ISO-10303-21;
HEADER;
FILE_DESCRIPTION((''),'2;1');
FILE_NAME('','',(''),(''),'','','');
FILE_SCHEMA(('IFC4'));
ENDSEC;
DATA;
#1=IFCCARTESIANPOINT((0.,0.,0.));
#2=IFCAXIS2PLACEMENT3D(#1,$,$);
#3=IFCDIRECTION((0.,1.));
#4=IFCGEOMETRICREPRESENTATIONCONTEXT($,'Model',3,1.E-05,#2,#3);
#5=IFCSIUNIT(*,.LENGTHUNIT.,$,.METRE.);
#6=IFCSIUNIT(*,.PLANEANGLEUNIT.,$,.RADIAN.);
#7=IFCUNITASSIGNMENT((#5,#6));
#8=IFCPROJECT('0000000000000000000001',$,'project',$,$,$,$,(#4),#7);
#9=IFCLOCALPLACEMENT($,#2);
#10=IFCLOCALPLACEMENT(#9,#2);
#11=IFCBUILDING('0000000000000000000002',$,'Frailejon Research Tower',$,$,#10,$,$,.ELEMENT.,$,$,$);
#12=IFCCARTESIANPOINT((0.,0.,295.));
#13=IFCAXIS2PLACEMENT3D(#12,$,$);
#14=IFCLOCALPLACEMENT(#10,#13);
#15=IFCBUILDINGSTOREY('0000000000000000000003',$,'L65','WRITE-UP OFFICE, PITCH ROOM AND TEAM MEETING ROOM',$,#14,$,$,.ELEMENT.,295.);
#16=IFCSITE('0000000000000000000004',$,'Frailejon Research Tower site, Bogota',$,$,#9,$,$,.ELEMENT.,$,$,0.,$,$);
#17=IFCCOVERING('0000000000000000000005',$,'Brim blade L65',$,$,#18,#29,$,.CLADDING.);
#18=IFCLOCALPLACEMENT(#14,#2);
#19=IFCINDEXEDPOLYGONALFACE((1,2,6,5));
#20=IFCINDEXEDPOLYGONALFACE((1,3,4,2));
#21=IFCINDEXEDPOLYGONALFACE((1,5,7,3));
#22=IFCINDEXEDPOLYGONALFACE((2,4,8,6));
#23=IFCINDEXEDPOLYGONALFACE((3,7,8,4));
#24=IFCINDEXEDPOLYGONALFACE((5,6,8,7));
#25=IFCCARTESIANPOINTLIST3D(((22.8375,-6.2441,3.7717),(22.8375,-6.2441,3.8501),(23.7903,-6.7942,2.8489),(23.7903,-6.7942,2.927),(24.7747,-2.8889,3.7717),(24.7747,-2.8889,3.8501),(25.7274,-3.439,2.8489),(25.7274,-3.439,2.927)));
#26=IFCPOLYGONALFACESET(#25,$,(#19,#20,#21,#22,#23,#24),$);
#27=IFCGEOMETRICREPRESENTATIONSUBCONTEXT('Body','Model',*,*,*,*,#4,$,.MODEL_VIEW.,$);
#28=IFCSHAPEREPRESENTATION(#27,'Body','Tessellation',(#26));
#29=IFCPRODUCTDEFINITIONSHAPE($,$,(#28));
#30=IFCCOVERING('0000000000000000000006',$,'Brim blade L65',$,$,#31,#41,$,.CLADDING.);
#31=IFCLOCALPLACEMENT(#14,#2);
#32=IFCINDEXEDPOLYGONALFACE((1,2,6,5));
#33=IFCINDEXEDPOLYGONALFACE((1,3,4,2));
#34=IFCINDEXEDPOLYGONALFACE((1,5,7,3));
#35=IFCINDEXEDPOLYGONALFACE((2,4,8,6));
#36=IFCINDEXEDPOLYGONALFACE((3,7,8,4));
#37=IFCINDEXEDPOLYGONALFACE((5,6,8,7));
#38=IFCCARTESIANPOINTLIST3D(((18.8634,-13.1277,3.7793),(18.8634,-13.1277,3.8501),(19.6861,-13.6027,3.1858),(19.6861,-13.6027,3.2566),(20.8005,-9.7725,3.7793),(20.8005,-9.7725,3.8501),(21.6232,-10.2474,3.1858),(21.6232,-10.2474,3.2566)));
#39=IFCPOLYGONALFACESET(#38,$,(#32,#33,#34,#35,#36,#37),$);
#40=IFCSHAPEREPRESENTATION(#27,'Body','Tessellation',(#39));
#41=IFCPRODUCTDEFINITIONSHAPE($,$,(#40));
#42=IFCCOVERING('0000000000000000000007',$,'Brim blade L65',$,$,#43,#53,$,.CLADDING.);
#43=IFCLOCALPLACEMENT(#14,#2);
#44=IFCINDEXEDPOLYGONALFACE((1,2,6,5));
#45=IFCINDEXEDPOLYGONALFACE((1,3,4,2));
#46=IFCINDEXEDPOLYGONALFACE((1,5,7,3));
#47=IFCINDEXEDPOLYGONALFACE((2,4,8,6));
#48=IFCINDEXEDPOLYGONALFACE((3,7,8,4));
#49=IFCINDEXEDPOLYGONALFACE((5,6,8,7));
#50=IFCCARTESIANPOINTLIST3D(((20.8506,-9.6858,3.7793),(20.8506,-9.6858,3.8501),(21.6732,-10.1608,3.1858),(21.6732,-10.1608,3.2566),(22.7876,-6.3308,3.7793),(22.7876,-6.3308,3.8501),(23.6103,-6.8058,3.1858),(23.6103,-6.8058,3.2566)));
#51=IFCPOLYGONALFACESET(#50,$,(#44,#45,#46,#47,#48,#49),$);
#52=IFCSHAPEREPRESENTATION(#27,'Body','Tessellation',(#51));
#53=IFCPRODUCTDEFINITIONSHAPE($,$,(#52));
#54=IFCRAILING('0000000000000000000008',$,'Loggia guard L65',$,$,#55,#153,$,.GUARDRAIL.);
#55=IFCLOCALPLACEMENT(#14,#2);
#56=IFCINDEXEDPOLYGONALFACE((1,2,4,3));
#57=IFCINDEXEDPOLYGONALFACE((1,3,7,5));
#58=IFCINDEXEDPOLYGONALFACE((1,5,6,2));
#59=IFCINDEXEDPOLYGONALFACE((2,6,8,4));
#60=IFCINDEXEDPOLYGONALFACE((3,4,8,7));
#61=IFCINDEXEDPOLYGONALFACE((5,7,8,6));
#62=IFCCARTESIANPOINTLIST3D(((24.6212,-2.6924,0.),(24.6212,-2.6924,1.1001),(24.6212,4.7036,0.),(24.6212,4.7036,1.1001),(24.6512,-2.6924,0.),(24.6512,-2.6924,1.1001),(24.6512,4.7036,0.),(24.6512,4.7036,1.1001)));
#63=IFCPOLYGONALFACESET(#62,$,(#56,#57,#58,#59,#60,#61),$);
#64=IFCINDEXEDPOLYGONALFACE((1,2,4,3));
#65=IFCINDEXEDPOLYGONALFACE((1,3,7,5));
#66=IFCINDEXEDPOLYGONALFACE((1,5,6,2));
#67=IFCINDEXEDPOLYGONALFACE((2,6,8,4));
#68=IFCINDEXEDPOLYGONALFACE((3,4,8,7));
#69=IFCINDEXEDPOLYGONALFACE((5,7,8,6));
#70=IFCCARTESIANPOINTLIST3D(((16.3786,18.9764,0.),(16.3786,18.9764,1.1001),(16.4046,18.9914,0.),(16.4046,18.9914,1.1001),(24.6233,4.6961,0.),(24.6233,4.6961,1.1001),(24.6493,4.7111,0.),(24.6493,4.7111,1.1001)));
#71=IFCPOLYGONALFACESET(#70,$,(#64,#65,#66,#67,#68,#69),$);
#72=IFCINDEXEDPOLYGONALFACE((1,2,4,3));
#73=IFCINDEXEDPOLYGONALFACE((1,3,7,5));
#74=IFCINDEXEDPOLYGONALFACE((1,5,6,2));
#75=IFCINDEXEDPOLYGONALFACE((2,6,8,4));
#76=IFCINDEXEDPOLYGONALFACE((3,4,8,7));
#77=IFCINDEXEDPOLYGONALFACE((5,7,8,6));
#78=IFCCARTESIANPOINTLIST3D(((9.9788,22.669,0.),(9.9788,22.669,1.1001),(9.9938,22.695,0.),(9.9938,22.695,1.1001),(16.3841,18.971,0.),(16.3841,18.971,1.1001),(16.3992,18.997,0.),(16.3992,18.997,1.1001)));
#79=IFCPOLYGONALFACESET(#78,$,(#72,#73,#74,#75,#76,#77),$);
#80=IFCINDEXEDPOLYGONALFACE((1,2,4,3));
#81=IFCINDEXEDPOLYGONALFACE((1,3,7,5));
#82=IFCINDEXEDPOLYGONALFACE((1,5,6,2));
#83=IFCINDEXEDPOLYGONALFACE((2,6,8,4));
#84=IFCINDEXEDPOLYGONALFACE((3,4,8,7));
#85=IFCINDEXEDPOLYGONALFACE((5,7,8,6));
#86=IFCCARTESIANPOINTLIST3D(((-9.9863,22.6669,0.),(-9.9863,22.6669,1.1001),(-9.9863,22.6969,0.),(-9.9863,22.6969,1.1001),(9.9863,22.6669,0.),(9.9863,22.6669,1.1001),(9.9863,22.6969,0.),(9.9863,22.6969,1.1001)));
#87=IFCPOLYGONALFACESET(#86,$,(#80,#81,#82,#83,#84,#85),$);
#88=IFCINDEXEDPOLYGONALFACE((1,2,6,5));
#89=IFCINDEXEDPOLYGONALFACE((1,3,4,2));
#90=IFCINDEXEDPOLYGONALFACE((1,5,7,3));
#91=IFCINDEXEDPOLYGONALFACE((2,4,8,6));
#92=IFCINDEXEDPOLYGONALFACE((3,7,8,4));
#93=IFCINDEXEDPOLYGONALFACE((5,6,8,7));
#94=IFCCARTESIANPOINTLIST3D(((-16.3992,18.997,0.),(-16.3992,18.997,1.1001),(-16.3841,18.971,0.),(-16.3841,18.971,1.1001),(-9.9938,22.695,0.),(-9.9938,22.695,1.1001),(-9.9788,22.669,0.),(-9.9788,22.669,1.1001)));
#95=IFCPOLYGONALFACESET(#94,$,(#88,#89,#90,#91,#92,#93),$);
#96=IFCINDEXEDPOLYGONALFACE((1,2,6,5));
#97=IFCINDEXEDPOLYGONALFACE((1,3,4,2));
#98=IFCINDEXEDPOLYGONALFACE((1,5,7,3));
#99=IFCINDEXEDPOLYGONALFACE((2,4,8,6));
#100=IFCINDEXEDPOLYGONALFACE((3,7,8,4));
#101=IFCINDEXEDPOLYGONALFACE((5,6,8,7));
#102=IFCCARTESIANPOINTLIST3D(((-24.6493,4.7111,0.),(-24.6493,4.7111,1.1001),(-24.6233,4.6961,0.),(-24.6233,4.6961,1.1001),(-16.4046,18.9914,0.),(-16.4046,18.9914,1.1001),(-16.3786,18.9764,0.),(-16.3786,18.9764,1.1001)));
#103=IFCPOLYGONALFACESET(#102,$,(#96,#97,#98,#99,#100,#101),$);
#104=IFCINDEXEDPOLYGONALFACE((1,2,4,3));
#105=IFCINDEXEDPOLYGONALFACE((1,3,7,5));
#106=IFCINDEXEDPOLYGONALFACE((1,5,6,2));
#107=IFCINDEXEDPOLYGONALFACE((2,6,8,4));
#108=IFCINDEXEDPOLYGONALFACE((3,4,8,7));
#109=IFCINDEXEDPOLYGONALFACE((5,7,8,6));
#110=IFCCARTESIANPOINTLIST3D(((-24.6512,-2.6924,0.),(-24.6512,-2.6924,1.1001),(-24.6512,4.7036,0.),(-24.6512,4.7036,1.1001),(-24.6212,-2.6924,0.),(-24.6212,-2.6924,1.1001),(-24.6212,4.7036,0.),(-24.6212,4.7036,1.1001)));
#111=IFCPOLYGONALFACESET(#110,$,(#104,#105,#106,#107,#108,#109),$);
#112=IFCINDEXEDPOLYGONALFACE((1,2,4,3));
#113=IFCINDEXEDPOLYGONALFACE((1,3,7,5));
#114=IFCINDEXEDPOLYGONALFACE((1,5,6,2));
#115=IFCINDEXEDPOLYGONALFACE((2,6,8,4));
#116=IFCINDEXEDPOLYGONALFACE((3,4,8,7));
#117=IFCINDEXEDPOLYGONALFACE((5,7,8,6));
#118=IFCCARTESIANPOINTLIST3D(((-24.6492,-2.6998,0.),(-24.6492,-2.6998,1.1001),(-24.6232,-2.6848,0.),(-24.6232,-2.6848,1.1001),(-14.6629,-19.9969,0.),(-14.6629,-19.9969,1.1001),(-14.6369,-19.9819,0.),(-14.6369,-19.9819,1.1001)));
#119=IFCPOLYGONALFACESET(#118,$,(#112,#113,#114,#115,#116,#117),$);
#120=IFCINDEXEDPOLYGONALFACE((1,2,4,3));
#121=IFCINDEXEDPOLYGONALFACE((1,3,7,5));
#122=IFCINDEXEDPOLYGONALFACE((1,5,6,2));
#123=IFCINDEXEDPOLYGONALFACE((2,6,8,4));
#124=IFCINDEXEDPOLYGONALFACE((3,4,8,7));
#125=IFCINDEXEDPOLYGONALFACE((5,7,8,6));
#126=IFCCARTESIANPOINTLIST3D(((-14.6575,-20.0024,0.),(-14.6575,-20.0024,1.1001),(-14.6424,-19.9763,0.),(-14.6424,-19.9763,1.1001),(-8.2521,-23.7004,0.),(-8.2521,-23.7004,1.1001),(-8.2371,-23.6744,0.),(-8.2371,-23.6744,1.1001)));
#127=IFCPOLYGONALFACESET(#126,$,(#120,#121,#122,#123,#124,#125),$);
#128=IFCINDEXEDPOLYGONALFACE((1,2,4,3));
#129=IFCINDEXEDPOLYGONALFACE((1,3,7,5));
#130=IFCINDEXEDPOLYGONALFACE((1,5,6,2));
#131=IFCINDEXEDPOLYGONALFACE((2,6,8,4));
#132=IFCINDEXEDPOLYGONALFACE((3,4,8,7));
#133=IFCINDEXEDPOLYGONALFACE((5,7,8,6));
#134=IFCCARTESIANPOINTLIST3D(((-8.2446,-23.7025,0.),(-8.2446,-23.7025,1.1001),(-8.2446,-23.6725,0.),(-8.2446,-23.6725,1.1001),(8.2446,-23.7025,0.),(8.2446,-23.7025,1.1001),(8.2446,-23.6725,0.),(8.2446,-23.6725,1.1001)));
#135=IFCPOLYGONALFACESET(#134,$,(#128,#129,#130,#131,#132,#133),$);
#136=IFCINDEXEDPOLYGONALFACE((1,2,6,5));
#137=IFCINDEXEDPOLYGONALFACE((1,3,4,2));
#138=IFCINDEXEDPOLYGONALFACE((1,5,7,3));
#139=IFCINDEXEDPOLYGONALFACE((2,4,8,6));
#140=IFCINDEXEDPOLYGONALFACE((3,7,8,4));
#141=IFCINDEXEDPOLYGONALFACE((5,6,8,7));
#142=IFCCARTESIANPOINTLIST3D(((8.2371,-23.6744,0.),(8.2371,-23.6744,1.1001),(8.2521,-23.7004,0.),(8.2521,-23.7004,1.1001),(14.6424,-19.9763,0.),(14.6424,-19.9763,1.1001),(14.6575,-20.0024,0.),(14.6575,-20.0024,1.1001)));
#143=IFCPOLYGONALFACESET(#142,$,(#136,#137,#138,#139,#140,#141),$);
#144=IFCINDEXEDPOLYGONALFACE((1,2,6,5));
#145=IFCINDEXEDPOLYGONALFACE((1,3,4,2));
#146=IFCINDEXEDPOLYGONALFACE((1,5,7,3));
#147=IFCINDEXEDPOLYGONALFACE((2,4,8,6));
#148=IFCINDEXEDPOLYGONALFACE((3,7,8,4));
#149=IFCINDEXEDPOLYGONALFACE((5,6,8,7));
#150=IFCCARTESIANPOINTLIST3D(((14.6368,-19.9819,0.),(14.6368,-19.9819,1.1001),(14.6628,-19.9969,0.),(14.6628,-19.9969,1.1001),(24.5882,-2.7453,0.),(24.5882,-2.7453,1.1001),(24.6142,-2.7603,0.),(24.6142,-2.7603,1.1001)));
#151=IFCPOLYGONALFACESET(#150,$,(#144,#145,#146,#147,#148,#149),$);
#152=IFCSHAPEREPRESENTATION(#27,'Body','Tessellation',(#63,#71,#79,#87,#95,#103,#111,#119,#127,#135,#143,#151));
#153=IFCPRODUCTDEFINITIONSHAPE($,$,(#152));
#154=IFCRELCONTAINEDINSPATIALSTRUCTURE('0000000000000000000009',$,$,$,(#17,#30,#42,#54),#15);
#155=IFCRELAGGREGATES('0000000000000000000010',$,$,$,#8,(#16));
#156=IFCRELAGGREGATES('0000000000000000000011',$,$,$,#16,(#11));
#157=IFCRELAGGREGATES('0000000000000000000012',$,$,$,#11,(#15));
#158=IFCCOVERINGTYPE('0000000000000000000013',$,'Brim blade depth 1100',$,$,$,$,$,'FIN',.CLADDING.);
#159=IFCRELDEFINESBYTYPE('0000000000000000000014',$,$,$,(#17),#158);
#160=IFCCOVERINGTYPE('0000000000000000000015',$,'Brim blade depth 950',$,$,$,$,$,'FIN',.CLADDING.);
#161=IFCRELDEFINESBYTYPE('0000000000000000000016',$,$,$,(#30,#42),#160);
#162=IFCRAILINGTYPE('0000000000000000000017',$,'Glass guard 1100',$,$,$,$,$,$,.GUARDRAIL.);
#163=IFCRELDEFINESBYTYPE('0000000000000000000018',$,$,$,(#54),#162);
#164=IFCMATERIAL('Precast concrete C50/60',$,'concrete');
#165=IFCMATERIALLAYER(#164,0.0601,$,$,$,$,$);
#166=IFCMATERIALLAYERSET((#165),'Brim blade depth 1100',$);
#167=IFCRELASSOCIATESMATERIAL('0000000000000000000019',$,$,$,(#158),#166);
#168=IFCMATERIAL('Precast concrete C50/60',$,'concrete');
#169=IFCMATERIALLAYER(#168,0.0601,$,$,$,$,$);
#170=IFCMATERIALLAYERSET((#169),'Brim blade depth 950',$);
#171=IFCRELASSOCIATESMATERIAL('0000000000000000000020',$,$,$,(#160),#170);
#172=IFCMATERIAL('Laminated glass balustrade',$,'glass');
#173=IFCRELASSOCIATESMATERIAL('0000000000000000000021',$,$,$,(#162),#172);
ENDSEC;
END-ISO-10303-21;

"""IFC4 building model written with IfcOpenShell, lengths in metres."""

from ifc_helpers import new_model, si_unit, direction, frame, origin, origin_2d, place, context, subcontext, project, spatial, polyline, rectangle, outline, extrude, material, layer, layer_set, type_object, element, save


model = new_model("IFC4")

# Units and contexts
model_context = context("Model", 3, precision=1e-05, world=origin(), true_north=direction((0.0, 1.0)))
body_context = subcontext(model_context, "Body", "Model", "MODEL_VIEW")
ifc_project = project(units=[si_unit("LENGTHUNIT", "METRE"), si_unit("PLANEANGLEUNIT", "RADIAN")], contexts=[model_context])

# Site, building, storey
site_placement = place(None, origin())
site = spatial("IfcSite", under=ifc_project, at=site_placement, Name="Frailejon Research Tower site, Bogota", CompositionType="ELEMENT", RefElevation=0.0)
building_placement = place(site_placement, origin())
building = spatial("IfcBuilding", under=site, at=building_placement, Name="Frailejon Research Tower", CompositionType="ELEMENT")
storey_placement = place(building_placement, frame((0.0, 0.0, 295.0)))
storey = spatial("IfcBuildingStorey", under=building, at=storey_placement, Name="L65", Description="WRITE-UP OFFICE, PITCH ROOM AND TEAM MEETING ROOM", CompositionType="ELEMENT", Elevation=295.0)

# Coverings
ifc_material_1 = material(Name="Precast concrete C50/60", Category="concrete")
ifc_layer_1 = layer(ifc_material_1, 0.0601)
ifc_layer_set_1 = layer_set([ifc_layer_1], Name="Brim blade depth 1100")
covering_type_1 = type_object("IfcCoveringType", Name="Brim blade depth 1100", ElementType="FIN", PredefinedType="CLADDING", material=ifc_layer_set_1)
covering_1_placement = place(storey_placement, frame((24.7747, -2.8889, 3.8501), z_axis=(-0.499995, -0.866028, 0.0), x_axis=(0.866028, -0.499995, 0.0)))
element("IfcCovering", 1, at=covering_1_placement, inside=storey, type_object=covering_type_1, Name="Brim blade L65", PredefinedType="CLADDING", context=body_context, shape_type="SweptSolid", body=[
    extrude(outline(polyline([(0.0, -0.0784), (1.1001, -1.0012), (1.1001, -0.9231), (0.0, 0.0), (0.0, -0.0784)])), origin(), (0.0, 0.0, 1.0), 3.8743),
])
ifc_material_2 = material(Name="Precast concrete C50/60", Category="concrete")
ifc_layer_2 = layer(ifc_material_2, 0.0601)
ifc_layer_set_2 = layer_set([ifc_layer_2], Name="Brim blade depth 950")
covering_type_2 = type_object("IfcCoveringType", Name="Brim blade depth 950", ElementType="FIN", PredefinedType="CLADDING", material=ifc_layer_set_2)
covering_2_placement = place(storey_placement, frame((20.8005, -9.7725, 3.8501), z_axis=(-0.499995, -0.866028, 0.0), x_axis=(0.866028, -0.499995, 0.0)))
element("IfcCovering", 2, at=covering_2_placement, inside=storey, type_object=covering_type_2, Name="Brim blade L65", PredefinedType="CLADDING", context=body_context, shape_type="SweptSolid", body=[
    extrude(outline(polyline([(0.0, -0.0708), (0.95, -0.6643), (0.95, -0.5935), (0.0, 0.0), (0.0, -0.0708)])), origin(), (0.0, 0.0, 1.0), 3.8743),
])
covering_3_placement = place(storey_placement, frame((22.7876, -6.3308, 3.8501), z_axis=(-0.500006, -0.866022, 0.0), x_axis=(0.866022, -0.500006, 0.0)))
element("IfcCovering", 3, at=covering_3_placement, inside=storey, type_object=covering_type_2, Name="Brim blade L65", PredefinedType="CLADDING", context=body_context, shape_type="SweptSolid", body=[
    extrude(outline(polyline([(0.0, -0.0708), (0.95, -0.6643), (0.95, -0.5935), (0.0, 0.0), (0.0, -0.0708)])), origin(), (0.0, 0.0, 1.0), 3.874),
])

# Railing
ifc_material_3 = material(Name="Laminated glass balustrade", Category="glass")
railing_type = type_object("IfcRailingType", Name="Glass guard 1100", PredefinedType="GUARDRAIL", material=ifc_material_3)
railing_placement = place(storey_placement, frame((24.6362, -2.6924, 0.0)))
element("IfcRailing", 4, at=railing_placement, inside=storey, type_object=railing_type, Name="Loggia guard L65", PredefinedType="GUARDRAIL", context=body_context, shape_type="SweptSolid", body=[
    extrude(rectangle(XDim=7.396, YDim=0.03, at=origin_2d()), frame((0.0, 3.698, 0.0), z_axis=(0.0, 0.0, 1.0), x_axis=(0.0, 1.0, 0.0)), (0.0, 0.0, 1.0), 1.1001),
    extrude(rectangle(XDim=16.4895, YDim=0.03, at=origin_2d()), frame((-4.1223, 14.5361, 0.0), z_axis=(0.0, 0.0, 1.0), x_axis=(-0.499996, 0.866028, 0.0)), (0.0, 0.0, 1.0), 1.1001),
    extrude(rectangle(XDim=7.3962, YDim=0.03, at=origin_2d()), frame((-11.4473, 23.5254, 0.0), z_axis=(0.0, 0.0, 1.0), x_axis=(-0.866031, 0.499991, 0.0)), (0.0, 0.0, 1.0), 1.1001),
    extrude(rectangle(XDim=19.9727, YDim=0.03, at=origin_2d()), frame((-24.6362, 25.3743, 0.0), z_axis=(0.0, 0.0, 1.0), x_axis=(-1.0, 0.0, 0.0)), (0.0, 0.0, 1.0), 1.1001),
    extrude(rectangle(XDim=7.3962, YDim=0.03, at=origin_2d()), frame((-37.8252, 23.5254, 0.0), z_axis=(0.0, 0.0, 1.0), x_axis=(-0.866031, -0.499991, 0.0)), (0.0, 0.0, 1.0), 1.1001),
    extrude(rectangle(XDim=16.4895, YDim=0.03, at=origin_2d()), frame((-45.1501, 14.5361, 0.0), z_axis=(0.0, 0.0, 1.0), x_axis=(-0.499996, -0.866028, 0.0)), (0.0, 0.0, 1.0), 1.1001),
    extrude(rectangle(XDim=7.396, YDim=0.03, at=origin_2d()), frame((-49.2725, 3.698, 0.0), z_axis=(0.0, 0.0, 1.0), x_axis=(0.0, -1.0, 0.0)), (0.0, 0.0, 1.0), 1.1001),
    extrude(rectangle(XDim=19.9729, YDim=0.03, at=origin_2d()), frame((-44.2793, -8.6484, 0.0), z_axis=(0.0, 0.0, 1.0), x_axis=(0.499994, -0.866029, 0.0)), (0.0, 0.0, 1.0), 1.1001),
    extrude(rectangle(XDim=7.3962, YDim=0.03, at=origin_2d()), frame((-36.0835, -19.146, 0.0), z_axis=(0.0, 0.0, 1.0), x_axis=(0.866031, -0.499991, 0.0)), (0.0, 0.0, 1.0), 1.1001),
    extrude(rectangle(XDim=16.4893, YDim=0.03, at=origin_2d()), frame((-24.6362, -20.9951, 0.0), z_axis=(0.0, 0.0, 1.0), x_axis=(1.0, 0.0, 0.0)), (0.0, 0.0, 1.0), 1.1001),
    extrude(rectangle(XDim=7.3962, YDim=0.03, at=origin_2d()), frame((-13.189, -19.146, 0.0), z_axis=(0.0, 0.0, 1.0), x_axis=(0.866031, 0.499991, 0.0)), (0.0, 0.0, 1.0), 1.1001),
    extrude(rectangle(XDim=19.9031, YDim=0.03, at=origin_2d()), frame((-5.0107, -8.6787, 0.0), z_axis=(0.0, 0.0, 1.0), x_axis=(0.499995, 0.866028, 0.0)), (0.0, 0.0, 1.0), 1.1001),
])

save(model, "model.ifc")
